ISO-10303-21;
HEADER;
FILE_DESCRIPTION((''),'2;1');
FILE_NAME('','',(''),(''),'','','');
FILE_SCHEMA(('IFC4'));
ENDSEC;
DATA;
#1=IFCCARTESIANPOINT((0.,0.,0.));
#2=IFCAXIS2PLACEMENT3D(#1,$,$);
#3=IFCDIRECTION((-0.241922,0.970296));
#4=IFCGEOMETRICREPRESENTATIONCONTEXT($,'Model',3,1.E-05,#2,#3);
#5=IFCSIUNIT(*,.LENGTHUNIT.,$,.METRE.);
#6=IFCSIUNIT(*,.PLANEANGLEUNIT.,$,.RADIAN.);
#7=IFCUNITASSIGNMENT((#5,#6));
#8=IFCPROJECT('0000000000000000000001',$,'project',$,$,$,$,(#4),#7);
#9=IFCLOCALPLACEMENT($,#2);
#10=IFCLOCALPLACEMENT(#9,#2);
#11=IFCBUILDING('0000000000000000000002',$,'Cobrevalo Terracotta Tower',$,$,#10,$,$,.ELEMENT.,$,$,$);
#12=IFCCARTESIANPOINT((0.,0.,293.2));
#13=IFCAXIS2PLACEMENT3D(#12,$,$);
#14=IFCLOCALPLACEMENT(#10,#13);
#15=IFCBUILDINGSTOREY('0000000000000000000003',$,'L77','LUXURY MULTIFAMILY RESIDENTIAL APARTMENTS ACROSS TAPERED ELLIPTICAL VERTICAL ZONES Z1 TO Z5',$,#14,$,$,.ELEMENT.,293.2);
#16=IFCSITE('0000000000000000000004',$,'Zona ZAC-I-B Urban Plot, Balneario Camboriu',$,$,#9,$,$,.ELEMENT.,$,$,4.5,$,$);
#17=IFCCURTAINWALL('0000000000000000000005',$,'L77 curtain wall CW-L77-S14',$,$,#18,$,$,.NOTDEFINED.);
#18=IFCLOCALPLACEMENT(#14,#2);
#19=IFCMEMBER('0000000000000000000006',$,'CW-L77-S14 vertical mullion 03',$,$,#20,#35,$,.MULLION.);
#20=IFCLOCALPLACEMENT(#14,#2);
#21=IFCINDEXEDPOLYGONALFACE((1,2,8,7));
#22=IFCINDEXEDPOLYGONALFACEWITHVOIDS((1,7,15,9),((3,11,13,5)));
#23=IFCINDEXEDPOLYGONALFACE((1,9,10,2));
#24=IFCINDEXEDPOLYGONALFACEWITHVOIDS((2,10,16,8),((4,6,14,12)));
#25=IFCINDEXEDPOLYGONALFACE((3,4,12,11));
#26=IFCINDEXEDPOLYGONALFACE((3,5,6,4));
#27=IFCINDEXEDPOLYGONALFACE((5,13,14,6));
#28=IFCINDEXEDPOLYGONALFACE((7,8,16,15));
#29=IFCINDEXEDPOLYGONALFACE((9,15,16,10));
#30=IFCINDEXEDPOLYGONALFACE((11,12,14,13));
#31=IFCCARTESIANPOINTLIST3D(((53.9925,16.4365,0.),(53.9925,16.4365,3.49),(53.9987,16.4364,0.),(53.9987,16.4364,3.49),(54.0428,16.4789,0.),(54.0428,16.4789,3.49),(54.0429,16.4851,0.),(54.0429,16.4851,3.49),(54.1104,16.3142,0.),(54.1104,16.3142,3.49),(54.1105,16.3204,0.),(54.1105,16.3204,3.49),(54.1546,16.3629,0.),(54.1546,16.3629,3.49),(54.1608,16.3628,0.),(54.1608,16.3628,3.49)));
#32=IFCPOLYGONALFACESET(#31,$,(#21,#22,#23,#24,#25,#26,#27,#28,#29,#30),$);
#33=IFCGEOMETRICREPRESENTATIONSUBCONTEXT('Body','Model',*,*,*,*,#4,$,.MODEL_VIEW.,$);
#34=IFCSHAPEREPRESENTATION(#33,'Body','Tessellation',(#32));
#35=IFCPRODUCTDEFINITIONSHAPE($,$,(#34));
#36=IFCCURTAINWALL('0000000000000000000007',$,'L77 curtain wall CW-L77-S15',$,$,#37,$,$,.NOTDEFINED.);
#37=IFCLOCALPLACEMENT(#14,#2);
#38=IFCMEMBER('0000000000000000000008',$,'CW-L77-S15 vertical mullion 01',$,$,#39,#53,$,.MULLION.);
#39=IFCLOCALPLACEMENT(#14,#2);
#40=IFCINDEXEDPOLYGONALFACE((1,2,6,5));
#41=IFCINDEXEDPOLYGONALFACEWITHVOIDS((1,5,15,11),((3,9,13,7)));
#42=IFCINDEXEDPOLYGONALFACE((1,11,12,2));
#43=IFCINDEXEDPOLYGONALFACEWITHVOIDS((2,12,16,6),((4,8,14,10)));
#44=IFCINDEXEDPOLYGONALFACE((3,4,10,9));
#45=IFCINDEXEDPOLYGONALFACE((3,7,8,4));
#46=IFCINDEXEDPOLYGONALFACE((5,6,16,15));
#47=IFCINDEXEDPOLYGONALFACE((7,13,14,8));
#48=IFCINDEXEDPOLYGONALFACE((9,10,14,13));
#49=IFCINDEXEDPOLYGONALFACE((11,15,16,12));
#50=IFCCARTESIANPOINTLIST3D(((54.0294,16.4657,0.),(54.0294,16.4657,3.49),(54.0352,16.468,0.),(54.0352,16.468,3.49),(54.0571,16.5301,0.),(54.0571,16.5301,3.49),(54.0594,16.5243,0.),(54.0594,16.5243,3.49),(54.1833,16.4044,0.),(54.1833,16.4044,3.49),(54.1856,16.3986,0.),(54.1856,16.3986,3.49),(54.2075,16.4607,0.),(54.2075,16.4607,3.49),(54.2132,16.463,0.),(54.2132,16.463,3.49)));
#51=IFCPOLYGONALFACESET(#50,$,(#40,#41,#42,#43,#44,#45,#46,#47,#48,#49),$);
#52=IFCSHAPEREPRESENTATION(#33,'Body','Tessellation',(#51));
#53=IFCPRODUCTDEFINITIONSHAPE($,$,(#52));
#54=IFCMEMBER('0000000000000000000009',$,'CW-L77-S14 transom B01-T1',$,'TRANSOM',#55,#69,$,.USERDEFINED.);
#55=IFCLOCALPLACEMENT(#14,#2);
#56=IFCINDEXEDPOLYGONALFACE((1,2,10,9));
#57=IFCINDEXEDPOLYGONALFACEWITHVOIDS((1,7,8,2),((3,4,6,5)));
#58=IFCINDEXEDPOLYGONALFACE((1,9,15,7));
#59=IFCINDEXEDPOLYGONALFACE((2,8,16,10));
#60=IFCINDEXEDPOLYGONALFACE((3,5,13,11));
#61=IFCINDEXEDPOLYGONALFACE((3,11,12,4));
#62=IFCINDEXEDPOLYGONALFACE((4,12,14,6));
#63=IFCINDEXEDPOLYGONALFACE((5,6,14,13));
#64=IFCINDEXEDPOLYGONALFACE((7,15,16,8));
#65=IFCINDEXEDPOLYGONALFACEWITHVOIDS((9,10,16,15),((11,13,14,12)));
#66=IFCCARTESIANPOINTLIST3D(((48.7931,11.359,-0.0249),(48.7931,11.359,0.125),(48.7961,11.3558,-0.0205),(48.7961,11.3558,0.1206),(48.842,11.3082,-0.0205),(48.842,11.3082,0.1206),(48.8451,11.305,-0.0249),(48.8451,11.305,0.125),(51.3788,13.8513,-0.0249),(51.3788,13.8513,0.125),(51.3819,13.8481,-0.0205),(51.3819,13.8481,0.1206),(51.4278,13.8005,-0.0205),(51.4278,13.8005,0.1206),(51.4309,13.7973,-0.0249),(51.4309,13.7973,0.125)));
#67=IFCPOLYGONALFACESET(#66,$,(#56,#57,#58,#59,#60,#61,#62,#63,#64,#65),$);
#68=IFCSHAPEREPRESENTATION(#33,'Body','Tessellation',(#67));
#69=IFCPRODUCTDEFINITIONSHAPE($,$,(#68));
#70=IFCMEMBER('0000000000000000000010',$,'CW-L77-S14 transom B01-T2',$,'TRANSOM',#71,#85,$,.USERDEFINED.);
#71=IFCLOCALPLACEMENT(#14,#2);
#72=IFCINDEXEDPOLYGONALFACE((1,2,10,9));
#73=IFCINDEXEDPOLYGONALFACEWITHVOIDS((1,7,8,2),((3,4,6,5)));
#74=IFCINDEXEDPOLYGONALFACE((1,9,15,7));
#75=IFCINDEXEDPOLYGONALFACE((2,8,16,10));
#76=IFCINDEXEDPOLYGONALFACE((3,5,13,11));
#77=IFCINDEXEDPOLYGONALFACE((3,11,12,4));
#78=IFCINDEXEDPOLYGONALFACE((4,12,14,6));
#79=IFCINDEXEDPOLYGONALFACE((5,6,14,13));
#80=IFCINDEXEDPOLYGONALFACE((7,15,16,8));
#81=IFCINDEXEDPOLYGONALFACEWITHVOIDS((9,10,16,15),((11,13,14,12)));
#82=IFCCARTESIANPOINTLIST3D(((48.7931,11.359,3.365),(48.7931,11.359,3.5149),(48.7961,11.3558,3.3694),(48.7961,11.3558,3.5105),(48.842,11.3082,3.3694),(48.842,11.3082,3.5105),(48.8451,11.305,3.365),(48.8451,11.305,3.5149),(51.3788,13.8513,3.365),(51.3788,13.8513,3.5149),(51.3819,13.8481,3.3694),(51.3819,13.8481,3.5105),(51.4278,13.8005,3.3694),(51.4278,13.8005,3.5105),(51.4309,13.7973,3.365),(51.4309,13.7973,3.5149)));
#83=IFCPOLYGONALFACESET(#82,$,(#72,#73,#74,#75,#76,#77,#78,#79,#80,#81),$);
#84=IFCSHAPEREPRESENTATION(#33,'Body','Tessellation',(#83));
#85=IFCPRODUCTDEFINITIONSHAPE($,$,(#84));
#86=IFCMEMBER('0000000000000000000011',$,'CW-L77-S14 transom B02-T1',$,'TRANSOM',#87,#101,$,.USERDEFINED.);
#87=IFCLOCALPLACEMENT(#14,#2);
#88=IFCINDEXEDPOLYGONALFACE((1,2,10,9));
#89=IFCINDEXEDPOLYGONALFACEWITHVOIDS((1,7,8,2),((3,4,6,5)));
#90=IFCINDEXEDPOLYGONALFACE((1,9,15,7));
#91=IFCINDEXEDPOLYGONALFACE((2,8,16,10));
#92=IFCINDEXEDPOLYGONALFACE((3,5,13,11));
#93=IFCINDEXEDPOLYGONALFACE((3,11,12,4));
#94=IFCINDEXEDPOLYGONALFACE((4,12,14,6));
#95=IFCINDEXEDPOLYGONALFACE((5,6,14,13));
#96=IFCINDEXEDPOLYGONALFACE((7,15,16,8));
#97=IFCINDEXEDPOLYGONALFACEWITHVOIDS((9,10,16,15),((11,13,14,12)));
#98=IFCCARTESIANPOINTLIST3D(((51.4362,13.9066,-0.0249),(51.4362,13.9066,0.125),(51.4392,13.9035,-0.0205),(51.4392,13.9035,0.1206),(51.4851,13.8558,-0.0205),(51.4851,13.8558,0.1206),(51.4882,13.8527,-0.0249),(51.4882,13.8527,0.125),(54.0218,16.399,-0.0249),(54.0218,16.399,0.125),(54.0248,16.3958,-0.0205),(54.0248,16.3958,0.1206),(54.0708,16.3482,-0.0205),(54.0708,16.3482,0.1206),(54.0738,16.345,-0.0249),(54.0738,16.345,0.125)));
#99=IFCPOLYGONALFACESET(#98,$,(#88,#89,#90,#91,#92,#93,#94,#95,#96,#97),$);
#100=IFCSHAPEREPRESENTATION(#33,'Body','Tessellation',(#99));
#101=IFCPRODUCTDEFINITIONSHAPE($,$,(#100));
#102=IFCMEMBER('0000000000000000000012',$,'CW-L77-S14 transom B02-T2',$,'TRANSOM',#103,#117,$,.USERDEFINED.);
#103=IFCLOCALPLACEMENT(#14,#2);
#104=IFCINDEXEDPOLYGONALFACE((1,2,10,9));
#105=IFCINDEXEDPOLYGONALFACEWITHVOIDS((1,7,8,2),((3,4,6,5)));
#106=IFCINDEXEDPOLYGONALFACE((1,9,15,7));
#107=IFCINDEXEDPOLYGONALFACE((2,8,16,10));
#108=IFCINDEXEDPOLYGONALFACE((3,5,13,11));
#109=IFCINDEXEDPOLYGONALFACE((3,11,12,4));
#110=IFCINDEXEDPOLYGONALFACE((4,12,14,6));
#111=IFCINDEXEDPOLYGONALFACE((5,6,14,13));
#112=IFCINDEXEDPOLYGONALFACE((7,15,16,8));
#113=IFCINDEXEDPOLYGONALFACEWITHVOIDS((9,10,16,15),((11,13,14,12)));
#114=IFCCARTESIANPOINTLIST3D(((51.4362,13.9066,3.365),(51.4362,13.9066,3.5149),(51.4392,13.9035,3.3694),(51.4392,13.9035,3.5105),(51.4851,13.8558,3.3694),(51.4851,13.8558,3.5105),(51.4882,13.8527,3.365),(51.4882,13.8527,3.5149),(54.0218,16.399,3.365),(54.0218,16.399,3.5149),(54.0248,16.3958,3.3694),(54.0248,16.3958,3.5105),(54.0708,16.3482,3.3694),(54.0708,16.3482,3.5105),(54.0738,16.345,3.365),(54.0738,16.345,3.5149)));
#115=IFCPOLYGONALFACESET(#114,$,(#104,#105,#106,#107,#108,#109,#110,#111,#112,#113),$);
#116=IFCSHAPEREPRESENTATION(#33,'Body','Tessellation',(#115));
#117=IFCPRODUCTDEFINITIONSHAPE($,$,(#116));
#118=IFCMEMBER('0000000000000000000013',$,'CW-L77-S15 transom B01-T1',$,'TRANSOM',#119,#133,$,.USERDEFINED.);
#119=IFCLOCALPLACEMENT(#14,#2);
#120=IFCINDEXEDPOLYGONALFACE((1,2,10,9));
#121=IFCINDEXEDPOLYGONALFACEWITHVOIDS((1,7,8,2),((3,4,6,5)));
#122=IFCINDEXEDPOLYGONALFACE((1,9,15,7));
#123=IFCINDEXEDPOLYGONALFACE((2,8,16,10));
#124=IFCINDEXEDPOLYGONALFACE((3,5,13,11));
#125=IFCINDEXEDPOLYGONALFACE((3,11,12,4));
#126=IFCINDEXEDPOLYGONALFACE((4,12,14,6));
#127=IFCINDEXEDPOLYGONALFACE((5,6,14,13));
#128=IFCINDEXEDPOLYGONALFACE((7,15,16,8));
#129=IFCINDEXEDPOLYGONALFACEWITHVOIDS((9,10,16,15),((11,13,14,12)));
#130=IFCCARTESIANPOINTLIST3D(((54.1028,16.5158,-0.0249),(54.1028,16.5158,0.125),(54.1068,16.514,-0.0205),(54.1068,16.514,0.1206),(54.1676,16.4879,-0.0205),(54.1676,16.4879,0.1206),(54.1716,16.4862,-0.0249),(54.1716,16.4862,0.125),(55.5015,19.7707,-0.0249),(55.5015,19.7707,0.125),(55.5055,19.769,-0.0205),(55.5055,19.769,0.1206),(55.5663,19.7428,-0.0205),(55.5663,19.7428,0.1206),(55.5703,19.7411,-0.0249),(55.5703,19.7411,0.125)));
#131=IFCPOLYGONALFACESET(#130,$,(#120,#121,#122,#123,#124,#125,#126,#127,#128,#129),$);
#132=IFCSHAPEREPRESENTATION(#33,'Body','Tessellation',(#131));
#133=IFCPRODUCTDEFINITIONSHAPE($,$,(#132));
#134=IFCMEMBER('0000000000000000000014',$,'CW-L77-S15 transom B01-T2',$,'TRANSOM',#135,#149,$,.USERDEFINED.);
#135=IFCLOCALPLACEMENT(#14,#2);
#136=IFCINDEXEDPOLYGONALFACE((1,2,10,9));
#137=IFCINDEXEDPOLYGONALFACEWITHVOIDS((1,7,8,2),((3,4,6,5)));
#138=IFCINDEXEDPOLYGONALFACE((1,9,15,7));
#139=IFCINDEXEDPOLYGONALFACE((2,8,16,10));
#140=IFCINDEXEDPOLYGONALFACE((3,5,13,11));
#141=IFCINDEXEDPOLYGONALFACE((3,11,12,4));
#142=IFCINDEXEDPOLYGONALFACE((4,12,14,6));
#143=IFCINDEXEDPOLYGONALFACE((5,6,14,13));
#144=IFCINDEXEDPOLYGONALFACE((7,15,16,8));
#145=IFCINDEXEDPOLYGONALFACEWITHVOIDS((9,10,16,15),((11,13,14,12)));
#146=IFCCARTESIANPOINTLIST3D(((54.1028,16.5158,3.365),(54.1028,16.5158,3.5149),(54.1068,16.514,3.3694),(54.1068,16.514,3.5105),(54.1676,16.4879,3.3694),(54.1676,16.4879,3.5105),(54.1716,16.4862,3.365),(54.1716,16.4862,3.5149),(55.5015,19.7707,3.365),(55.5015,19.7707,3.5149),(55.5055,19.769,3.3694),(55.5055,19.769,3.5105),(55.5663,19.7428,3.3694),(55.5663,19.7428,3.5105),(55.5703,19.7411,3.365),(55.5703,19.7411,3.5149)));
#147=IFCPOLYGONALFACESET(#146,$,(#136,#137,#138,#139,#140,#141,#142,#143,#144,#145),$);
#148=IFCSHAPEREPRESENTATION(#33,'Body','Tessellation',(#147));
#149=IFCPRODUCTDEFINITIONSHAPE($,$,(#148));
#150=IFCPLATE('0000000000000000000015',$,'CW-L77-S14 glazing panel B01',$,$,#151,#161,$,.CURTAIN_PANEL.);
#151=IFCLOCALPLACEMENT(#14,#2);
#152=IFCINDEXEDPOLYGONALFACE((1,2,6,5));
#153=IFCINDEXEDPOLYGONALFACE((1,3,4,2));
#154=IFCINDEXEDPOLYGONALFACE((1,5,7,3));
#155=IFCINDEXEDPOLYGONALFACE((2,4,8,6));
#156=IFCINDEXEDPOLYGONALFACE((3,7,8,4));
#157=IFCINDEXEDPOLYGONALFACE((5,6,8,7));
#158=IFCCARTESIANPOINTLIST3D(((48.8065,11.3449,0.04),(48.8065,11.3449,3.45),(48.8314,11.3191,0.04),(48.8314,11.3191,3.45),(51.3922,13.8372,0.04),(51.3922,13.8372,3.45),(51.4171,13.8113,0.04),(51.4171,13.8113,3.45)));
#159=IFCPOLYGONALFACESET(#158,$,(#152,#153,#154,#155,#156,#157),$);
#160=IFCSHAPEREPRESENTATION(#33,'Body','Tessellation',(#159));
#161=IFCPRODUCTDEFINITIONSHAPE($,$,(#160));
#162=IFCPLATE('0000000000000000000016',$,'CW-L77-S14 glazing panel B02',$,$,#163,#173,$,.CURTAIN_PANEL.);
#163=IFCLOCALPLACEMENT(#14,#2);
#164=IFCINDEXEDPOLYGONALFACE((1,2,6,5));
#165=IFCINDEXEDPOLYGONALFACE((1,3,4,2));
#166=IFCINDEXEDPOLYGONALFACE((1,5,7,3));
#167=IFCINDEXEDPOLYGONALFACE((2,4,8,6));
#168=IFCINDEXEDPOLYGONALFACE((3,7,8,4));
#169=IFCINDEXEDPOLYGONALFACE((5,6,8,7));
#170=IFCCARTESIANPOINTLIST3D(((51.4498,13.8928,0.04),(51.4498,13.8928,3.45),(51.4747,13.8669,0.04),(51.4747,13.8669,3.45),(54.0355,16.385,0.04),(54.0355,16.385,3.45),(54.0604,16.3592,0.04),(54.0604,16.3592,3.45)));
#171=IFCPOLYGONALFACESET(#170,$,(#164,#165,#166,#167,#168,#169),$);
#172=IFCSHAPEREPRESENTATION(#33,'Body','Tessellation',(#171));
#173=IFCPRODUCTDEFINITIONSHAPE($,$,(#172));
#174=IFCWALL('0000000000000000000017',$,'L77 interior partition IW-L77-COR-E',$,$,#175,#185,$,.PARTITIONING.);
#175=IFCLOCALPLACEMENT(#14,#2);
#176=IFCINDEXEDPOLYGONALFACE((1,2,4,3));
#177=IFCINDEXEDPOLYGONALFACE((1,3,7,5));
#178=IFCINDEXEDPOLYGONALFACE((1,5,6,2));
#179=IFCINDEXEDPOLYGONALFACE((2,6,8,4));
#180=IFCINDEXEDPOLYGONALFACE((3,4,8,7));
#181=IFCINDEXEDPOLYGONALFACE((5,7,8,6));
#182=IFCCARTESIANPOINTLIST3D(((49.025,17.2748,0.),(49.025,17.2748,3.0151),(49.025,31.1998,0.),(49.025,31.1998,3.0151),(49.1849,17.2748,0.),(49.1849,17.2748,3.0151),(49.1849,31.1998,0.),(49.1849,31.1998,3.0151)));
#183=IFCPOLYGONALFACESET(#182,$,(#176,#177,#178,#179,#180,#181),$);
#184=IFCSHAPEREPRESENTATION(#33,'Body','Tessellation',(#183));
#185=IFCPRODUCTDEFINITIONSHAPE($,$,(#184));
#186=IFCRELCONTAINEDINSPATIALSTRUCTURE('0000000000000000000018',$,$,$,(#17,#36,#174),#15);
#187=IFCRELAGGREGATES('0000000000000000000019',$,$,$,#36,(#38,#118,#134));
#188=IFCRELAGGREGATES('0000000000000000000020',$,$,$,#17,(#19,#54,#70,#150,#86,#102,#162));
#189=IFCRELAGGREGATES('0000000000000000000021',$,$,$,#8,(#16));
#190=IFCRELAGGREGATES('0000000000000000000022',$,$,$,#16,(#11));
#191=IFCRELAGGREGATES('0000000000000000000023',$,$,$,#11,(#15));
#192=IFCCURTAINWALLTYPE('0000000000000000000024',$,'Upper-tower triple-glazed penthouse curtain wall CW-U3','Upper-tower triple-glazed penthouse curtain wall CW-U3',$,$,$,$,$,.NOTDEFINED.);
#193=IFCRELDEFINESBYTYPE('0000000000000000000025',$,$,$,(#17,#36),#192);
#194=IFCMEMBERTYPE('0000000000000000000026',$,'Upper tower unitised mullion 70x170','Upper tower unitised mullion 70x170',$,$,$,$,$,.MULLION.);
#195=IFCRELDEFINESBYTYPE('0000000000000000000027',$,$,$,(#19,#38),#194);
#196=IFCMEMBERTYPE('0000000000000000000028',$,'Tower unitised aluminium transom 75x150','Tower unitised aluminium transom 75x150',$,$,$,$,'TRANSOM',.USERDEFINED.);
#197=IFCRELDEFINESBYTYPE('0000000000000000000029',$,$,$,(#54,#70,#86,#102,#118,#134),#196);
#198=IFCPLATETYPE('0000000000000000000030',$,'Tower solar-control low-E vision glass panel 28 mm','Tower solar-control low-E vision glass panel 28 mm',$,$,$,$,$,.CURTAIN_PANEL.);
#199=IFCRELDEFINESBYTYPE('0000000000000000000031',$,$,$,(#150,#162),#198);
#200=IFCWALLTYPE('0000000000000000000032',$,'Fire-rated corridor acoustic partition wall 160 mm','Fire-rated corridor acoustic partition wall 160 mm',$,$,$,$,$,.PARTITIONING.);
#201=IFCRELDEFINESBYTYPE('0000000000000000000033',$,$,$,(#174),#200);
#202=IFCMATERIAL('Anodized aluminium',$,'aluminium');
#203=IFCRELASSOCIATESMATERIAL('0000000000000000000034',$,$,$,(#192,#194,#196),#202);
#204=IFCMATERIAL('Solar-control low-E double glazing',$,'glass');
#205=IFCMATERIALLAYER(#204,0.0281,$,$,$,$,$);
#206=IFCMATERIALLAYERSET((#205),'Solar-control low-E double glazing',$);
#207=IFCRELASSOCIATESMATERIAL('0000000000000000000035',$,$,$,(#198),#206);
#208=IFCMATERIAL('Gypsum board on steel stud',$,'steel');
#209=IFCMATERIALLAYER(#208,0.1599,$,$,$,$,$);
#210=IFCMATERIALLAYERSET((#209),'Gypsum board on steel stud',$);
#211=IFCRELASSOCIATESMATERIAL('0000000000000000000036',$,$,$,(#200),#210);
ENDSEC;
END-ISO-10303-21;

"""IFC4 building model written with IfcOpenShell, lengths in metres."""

from ifc_helpers import new_model, si_unit, direction, frame, frame_2d, origin, origin_2d, place, context, subcontext, project, spatial, rectangle, hollow_rectangle, extrude, source, transform, mapped, material, layer, layer_set, material_profile, profile_set, type_object, element, aggregate, save


model = new_model("IFC4")

# Units and contexts
model_context = context("Model", 3, precision=1e-05, world=origin(), true_north=direction((-0.241922, 0.970296)))
body_context = subcontext(model_context, "Body", "Model", "MODEL_VIEW")
ifc_project = project(units=[si_unit("LENGTHUNIT", "METRE"), si_unit("PLANEANGLEUNIT", "RADIAN")], contexts=[model_context])

# Site, building, storey
site_placement = place(None, origin())
site = spatial("IfcSite", under=ifc_project, at=site_placement, Name="Zona ZAC-I-B Urban Plot, Balneario Camboriu", CompositionType="ELEMENT", RefElevation=4.5)
building_placement = place(site_placement, origin())
building = spatial("IfcBuilding", under=site, at=building_placement, Name="Cobrevalo Terracotta Tower", CompositionType="ELEMENT")
storey_placement = place(building_placement, frame((0.0, 0.0, 293.2)))
storey = spatial("IfcBuildingStorey", under=building, at=storey_placement, Name="L77", Description="LUXURY MULTIFAMILY RESIDENTIAL APARTMENTS ACROSS TAPERED ELLIPTICAL VERTICAL ZONES Z1 TO Z5", CompositionType="ELEMENT", Elevation=293.2)

# Curtain wall, member
ifc_material_1 = material(Name="Anodized aluminium", Category="aluminium")
curtain_wall_type = type_object("IfcCurtainWallType", Name="Upper-tower triple-glazed penthouse curtain wall CW-U3", Description="Upper-tower triple-glazed penthouse curtain wall CW-U3", PredefinedType="NOTDEFINED", material=ifc_material_1)
curtain_wall_1_placement = place(storey_placement, origin())
curtain_wall_1 = element("IfcCurtainWall", 1, at=curtain_wall_1_placement, inside=storey, type_object=curtain_wall_type, Name="L77 curtain wall CW-L77-S14", PredefinedType="NOTDEFINED")
ifc_material_profile_1 = material_profile(ifc_material_1, hollow_rectangle(XDim=0.0701, YDim=0.1699, WallThickness=0.0044, at=origin_2d()), Name="CWM 70x170")
ifc_profile_set_1 = profile_set([ifc_material_profile_1], Name="Anodized aluminium")
member_type_1 = type_object("IfcMemberType", Name="Upper tower unitised mullion 70x170", Description="Upper tower unitised mullion 70x170", PredefinedType="MULLION", material=ifc_profile_set_1)
shared_shape_1 = source(origin(), body_context, "Body", "SweptSolid", [
    extrude(hollow_rectangle(XDim=0.0701, YDim=0.1699, WallThickness=0.0044, at=origin_2d()), origin(), (0.0, 0.0, 1.0), 3.49),
])
member_1_placement = place(storey_placement, frame((54.0767, 16.3997, 0.0), z_axis=(0.0, 0.0, 1.0), x_axis=(0.719994, 0.69398, 0.0)))
member_1 = element("IfcMember", 2, at=member_1_placement, type_object=member_type_1, Name="CW-L77-S14 vertical mullion 03", PredefinedType="MULLION", context=body_context, shape_type="MappedRepresentation", body=[
    mapped(shared_shape_1, transform((0.0, 0.0, 0.0), scale=1.0)),
])

# Curtain wall, member
curtain_wall_2_placement = place(storey_placement, origin())
curtain_wall_2 = element("IfcCurtainWall", 3, at=curtain_wall_2_placement, inside=storey, type_object=curtain_wall_type, Name="L77 curtain wall CW-L77-S15", PredefinedType="NOTDEFINED")
member_2_placement = place(storey_placement, frame((54.1213, 16.4644, 0.0), z_axis=(0.0, 0.0, 1.0), x_axis=(0.394824, 0.918757, 0.0)))
member_2 = element("IfcMember", 4, at=member_2_placement, type_object=member_type_1, Name="CW-L77-S15 vertical mullion 01", PredefinedType="MULLION", context=body_context, shape_type="MappedRepresentation", body=[
    mapped(shared_shape_1, transform((0.0, 0.0, 0.0), scale=1.0)),
])

# Members
ifc_material_profile_2 = material_profile(ifc_material_1, hollow_rectangle(XDim=0.075, YDim=0.1499, WallThickness=0.0044, at=origin_2d()), Name="CWT 75x150")
ifc_profile_set_2 = profile_set([ifc_material_profile_2], Name="Anodized aluminium")
member_type_2 = type_object("IfcMemberType", Name="Tower unitised aluminium transom 75x150", Description="Tower unitised aluminium transom 75x150", ElementType="TRANSOM", PredefinedType="USERDEFINED", material=ifc_profile_set_2)
shared_shape_2 = source(origin(), body_context, "Body", "SweptSolid", [
    extrude(hollow_rectangle(XDim=0.075, YDim=0.1499, WallThickness=0.0044, at=origin_2d()), origin(), (0.0, 0.0, 1.0), 3.5913),
])
member_3_placement = place(storey_placement, frame((48.8191, 11.332, 0.05), z_axis=(0.720006, 0.693968, 0.0), x_axis=(-0.693968, 0.720006, 0.0)))
member_3 = element("IfcMember", 5, at=member_3_placement, type_object=member_type_2, Name="CW-L77-S14 transom B01-T1", ObjectType="TRANSOM", PredefinedType="USERDEFINED", context=body_context, shape_type="MappedRepresentation", body=[
    mapped(shared_shape_2, transform((0.0, 0.0, 0.0), scale=1.0)),
])
member_4_placement = place(storey_placement, frame((48.8191, 11.332, 3.4399), z_axis=(0.720006, 0.693968, 0.0), x_axis=(-0.693968, 0.720006, 0.0)))
member_4 = element("IfcMember", 6, at=member_4_placement, type_object=member_type_2, Name="CW-L77-S14 transom B01-T2", ObjectType="TRANSOM", PredefinedType="USERDEFINED", context=body_context, shape_type="MappedRepresentation", body=[
    mapped(shared_shape_2, transform((0.0, 0.0, 0.0), scale=1.0)),
])
member_5_placement = place(storey_placement, frame((51.4622, 13.8796, 0.05), z_axis=(0.719972, 0.694003, 0.0), x_axis=(-0.694003, 0.719972, 0.0)))
member_5 = element("IfcMember", 7, at=member_5_placement, type_object=member_type_2, Name="CW-L77-S14 transom B02-T1", ObjectType="TRANSOM", PredefinedType="USERDEFINED", context=body_context, shape_type="MappedRepresentation", body=[
    mapped(shared_shape_2, transform((0.0, 0.0, 0.0), scale=1.0)),
])
member_6_placement = place(storey_placement, frame((51.4622, 13.8796, 3.4399), z_axis=(0.719972, 0.694003, 0.0), x_axis=(-0.694003, 0.719972, 0.0)))
member_6 = element("IfcMember", 8, at=member_6_placement, type_object=member_type_2, Name="CW-L77-S14 transom B02-T2", ObjectType="TRANSOM", PredefinedType="USERDEFINED", context=body_context, shape_type="MappedRepresentation", body=[
    mapped(shared_shape_2, transform((0.0, 0.0, 0.0), scale=1.0)),
])
shared_shape_3 = source(origin(), body_context, "Body", "SweptSolid", [
    extrude(hollow_rectangle(XDim=0.075, YDim=0.1499, WallThickness=0.0044, at=origin_2d()), origin(), (0.0, 0.0, 1.0), 3.5427),
])
member_7_placement = place(storey_placement, frame((54.1372, 16.501, 0.05), z_axis=(0.394809, 0.918763, 0.0), x_axis=(-0.918763, 0.394809, 0.0)))
member_7 = element("IfcMember", 9, at=member_7_placement, type_object=member_type_2, Name="CW-L77-S15 transom B01-T1", ObjectType="TRANSOM", PredefinedType="USERDEFINED", context=body_context, shape_type="MappedRepresentation", body=[
    mapped(shared_shape_3, transform((0.0, 0.0, 0.0), scale=1.0)),
])
member_8_placement = place(storey_placement, frame((54.1372, 16.501, 3.4399), z_axis=(0.394809, 0.918763, 0.0), x_axis=(-0.918763, 0.394809, 0.0)))
member_8 = element("IfcMember", 10, at=member_8_placement, type_object=member_type_2, Name="CW-L77-S15 transom B01-T2", ObjectType="TRANSOM", PredefinedType="USERDEFINED", context=body_context, shape_type="MappedRepresentation", body=[
    mapped(shared_shape_3, transform((0.0, 0.0, 0.0), scale=1.0)),
])
aggregate(curtain_wall_2, [member_2, member_7, member_8])

# Plates
ifc_material_2 = material(Name="Solar-control low-E double glazing", Category="glass")
ifc_layer_1 = layer(ifc_material_2, 0.0281)
ifc_layer_set_1 = layer_set([ifc_layer_1], Name="Solar-control low-E double glazing")
plate_type = type_object("IfcPlateType", Name="Tower solar-control low-E vision glass panel 28 mm", Description="Tower solar-control low-E vision glass panel 28 mm", PredefinedType="CURTAIN_PANEL", material=ifc_layer_set_1)
shared_shape_4 = source(origin(), body_context, "Body", "SweptSolid", [
    extrude(rectangle(XDim=3.5913, YDim=0.0359, at=origin_2d()), origin(), (0.0, 0.0, 1.0), 3.4099),
])
plate_1_placement = place(storey_placement, frame((50.1118, 12.5781, 0.04), z_axis=(0.0, 0.0, 1.0), x_axis=(0.719997, 0.693978, 0.0)))
plate_1 = element("IfcPlate", 11, at=plate_1_placement, type_object=plate_type, Name="CW-L77-S14 glazing panel B01", PredefinedType="CURTAIN_PANEL", context=body_context, shape_type="MappedRepresentation", body=[
    mapped(shared_shape_4, transform((0.0, 0.0, 0.0), scale=1.0)),
])
plate_2_placement = place(storey_placement, frame((52.7551, 15.126, 0.04), z_axis=(0.0, 0.0, 1.0), x_axis=(0.719997, 0.693978, 0.0)))
plate_2 = element("IfcPlate", 12, at=plate_2_placement, type_object=plate_type, Name="CW-L77-S14 glazing panel B02", PredefinedType="CURTAIN_PANEL", context=body_context, shape_type="MappedRepresentation", body=[
    mapped(shared_shape_4, transform((0.0, 0.0, 0.0), scale=1.0)),
])
aggregate(curtain_wall_1, [member_1, member_3, member_4, plate_1, member_5, member_6, plate_2])

# Wall
ifc_material_3 = material(Name="Gypsum board on steel stud", Category="steel")
ifc_layer_2 = layer(ifc_material_3, 0.1599)
ifc_layer_set_2 = layer_set([ifc_layer_2], Name="Gypsum board on steel stud")
wall_type_1 = type_object("IfcWallType", Name="Fire-rated corridor acoustic partition wall 160 mm", Description="Fire-rated corridor acoustic partition wall 160 mm", PredefinedType="PARTITIONING", material=ifc_layer_set_2)
wall_1_placement = place(storey_placement, frame((49.105, 17.2749, 0.0), z_axis=(0.0, 0.0, 1.0), x_axis=(0.0, 1.0, 0.0)))
element("IfcWall", 13, at=wall_1_placement, inside=storey, type_object=wall_type_1, Name="L77 interior partition IW-L77-COR-E", PredefinedType="PARTITIONING", context=body_context, shape_type="SweptSolid", body=[
    extrude(rectangle(XDim=13.925, YDim=0.1599, at=frame_2d((6.9624, 0.0))), origin(), (0.0, 0.0, 1.0), 3.0151),
])

save(model, "model.ifc")
